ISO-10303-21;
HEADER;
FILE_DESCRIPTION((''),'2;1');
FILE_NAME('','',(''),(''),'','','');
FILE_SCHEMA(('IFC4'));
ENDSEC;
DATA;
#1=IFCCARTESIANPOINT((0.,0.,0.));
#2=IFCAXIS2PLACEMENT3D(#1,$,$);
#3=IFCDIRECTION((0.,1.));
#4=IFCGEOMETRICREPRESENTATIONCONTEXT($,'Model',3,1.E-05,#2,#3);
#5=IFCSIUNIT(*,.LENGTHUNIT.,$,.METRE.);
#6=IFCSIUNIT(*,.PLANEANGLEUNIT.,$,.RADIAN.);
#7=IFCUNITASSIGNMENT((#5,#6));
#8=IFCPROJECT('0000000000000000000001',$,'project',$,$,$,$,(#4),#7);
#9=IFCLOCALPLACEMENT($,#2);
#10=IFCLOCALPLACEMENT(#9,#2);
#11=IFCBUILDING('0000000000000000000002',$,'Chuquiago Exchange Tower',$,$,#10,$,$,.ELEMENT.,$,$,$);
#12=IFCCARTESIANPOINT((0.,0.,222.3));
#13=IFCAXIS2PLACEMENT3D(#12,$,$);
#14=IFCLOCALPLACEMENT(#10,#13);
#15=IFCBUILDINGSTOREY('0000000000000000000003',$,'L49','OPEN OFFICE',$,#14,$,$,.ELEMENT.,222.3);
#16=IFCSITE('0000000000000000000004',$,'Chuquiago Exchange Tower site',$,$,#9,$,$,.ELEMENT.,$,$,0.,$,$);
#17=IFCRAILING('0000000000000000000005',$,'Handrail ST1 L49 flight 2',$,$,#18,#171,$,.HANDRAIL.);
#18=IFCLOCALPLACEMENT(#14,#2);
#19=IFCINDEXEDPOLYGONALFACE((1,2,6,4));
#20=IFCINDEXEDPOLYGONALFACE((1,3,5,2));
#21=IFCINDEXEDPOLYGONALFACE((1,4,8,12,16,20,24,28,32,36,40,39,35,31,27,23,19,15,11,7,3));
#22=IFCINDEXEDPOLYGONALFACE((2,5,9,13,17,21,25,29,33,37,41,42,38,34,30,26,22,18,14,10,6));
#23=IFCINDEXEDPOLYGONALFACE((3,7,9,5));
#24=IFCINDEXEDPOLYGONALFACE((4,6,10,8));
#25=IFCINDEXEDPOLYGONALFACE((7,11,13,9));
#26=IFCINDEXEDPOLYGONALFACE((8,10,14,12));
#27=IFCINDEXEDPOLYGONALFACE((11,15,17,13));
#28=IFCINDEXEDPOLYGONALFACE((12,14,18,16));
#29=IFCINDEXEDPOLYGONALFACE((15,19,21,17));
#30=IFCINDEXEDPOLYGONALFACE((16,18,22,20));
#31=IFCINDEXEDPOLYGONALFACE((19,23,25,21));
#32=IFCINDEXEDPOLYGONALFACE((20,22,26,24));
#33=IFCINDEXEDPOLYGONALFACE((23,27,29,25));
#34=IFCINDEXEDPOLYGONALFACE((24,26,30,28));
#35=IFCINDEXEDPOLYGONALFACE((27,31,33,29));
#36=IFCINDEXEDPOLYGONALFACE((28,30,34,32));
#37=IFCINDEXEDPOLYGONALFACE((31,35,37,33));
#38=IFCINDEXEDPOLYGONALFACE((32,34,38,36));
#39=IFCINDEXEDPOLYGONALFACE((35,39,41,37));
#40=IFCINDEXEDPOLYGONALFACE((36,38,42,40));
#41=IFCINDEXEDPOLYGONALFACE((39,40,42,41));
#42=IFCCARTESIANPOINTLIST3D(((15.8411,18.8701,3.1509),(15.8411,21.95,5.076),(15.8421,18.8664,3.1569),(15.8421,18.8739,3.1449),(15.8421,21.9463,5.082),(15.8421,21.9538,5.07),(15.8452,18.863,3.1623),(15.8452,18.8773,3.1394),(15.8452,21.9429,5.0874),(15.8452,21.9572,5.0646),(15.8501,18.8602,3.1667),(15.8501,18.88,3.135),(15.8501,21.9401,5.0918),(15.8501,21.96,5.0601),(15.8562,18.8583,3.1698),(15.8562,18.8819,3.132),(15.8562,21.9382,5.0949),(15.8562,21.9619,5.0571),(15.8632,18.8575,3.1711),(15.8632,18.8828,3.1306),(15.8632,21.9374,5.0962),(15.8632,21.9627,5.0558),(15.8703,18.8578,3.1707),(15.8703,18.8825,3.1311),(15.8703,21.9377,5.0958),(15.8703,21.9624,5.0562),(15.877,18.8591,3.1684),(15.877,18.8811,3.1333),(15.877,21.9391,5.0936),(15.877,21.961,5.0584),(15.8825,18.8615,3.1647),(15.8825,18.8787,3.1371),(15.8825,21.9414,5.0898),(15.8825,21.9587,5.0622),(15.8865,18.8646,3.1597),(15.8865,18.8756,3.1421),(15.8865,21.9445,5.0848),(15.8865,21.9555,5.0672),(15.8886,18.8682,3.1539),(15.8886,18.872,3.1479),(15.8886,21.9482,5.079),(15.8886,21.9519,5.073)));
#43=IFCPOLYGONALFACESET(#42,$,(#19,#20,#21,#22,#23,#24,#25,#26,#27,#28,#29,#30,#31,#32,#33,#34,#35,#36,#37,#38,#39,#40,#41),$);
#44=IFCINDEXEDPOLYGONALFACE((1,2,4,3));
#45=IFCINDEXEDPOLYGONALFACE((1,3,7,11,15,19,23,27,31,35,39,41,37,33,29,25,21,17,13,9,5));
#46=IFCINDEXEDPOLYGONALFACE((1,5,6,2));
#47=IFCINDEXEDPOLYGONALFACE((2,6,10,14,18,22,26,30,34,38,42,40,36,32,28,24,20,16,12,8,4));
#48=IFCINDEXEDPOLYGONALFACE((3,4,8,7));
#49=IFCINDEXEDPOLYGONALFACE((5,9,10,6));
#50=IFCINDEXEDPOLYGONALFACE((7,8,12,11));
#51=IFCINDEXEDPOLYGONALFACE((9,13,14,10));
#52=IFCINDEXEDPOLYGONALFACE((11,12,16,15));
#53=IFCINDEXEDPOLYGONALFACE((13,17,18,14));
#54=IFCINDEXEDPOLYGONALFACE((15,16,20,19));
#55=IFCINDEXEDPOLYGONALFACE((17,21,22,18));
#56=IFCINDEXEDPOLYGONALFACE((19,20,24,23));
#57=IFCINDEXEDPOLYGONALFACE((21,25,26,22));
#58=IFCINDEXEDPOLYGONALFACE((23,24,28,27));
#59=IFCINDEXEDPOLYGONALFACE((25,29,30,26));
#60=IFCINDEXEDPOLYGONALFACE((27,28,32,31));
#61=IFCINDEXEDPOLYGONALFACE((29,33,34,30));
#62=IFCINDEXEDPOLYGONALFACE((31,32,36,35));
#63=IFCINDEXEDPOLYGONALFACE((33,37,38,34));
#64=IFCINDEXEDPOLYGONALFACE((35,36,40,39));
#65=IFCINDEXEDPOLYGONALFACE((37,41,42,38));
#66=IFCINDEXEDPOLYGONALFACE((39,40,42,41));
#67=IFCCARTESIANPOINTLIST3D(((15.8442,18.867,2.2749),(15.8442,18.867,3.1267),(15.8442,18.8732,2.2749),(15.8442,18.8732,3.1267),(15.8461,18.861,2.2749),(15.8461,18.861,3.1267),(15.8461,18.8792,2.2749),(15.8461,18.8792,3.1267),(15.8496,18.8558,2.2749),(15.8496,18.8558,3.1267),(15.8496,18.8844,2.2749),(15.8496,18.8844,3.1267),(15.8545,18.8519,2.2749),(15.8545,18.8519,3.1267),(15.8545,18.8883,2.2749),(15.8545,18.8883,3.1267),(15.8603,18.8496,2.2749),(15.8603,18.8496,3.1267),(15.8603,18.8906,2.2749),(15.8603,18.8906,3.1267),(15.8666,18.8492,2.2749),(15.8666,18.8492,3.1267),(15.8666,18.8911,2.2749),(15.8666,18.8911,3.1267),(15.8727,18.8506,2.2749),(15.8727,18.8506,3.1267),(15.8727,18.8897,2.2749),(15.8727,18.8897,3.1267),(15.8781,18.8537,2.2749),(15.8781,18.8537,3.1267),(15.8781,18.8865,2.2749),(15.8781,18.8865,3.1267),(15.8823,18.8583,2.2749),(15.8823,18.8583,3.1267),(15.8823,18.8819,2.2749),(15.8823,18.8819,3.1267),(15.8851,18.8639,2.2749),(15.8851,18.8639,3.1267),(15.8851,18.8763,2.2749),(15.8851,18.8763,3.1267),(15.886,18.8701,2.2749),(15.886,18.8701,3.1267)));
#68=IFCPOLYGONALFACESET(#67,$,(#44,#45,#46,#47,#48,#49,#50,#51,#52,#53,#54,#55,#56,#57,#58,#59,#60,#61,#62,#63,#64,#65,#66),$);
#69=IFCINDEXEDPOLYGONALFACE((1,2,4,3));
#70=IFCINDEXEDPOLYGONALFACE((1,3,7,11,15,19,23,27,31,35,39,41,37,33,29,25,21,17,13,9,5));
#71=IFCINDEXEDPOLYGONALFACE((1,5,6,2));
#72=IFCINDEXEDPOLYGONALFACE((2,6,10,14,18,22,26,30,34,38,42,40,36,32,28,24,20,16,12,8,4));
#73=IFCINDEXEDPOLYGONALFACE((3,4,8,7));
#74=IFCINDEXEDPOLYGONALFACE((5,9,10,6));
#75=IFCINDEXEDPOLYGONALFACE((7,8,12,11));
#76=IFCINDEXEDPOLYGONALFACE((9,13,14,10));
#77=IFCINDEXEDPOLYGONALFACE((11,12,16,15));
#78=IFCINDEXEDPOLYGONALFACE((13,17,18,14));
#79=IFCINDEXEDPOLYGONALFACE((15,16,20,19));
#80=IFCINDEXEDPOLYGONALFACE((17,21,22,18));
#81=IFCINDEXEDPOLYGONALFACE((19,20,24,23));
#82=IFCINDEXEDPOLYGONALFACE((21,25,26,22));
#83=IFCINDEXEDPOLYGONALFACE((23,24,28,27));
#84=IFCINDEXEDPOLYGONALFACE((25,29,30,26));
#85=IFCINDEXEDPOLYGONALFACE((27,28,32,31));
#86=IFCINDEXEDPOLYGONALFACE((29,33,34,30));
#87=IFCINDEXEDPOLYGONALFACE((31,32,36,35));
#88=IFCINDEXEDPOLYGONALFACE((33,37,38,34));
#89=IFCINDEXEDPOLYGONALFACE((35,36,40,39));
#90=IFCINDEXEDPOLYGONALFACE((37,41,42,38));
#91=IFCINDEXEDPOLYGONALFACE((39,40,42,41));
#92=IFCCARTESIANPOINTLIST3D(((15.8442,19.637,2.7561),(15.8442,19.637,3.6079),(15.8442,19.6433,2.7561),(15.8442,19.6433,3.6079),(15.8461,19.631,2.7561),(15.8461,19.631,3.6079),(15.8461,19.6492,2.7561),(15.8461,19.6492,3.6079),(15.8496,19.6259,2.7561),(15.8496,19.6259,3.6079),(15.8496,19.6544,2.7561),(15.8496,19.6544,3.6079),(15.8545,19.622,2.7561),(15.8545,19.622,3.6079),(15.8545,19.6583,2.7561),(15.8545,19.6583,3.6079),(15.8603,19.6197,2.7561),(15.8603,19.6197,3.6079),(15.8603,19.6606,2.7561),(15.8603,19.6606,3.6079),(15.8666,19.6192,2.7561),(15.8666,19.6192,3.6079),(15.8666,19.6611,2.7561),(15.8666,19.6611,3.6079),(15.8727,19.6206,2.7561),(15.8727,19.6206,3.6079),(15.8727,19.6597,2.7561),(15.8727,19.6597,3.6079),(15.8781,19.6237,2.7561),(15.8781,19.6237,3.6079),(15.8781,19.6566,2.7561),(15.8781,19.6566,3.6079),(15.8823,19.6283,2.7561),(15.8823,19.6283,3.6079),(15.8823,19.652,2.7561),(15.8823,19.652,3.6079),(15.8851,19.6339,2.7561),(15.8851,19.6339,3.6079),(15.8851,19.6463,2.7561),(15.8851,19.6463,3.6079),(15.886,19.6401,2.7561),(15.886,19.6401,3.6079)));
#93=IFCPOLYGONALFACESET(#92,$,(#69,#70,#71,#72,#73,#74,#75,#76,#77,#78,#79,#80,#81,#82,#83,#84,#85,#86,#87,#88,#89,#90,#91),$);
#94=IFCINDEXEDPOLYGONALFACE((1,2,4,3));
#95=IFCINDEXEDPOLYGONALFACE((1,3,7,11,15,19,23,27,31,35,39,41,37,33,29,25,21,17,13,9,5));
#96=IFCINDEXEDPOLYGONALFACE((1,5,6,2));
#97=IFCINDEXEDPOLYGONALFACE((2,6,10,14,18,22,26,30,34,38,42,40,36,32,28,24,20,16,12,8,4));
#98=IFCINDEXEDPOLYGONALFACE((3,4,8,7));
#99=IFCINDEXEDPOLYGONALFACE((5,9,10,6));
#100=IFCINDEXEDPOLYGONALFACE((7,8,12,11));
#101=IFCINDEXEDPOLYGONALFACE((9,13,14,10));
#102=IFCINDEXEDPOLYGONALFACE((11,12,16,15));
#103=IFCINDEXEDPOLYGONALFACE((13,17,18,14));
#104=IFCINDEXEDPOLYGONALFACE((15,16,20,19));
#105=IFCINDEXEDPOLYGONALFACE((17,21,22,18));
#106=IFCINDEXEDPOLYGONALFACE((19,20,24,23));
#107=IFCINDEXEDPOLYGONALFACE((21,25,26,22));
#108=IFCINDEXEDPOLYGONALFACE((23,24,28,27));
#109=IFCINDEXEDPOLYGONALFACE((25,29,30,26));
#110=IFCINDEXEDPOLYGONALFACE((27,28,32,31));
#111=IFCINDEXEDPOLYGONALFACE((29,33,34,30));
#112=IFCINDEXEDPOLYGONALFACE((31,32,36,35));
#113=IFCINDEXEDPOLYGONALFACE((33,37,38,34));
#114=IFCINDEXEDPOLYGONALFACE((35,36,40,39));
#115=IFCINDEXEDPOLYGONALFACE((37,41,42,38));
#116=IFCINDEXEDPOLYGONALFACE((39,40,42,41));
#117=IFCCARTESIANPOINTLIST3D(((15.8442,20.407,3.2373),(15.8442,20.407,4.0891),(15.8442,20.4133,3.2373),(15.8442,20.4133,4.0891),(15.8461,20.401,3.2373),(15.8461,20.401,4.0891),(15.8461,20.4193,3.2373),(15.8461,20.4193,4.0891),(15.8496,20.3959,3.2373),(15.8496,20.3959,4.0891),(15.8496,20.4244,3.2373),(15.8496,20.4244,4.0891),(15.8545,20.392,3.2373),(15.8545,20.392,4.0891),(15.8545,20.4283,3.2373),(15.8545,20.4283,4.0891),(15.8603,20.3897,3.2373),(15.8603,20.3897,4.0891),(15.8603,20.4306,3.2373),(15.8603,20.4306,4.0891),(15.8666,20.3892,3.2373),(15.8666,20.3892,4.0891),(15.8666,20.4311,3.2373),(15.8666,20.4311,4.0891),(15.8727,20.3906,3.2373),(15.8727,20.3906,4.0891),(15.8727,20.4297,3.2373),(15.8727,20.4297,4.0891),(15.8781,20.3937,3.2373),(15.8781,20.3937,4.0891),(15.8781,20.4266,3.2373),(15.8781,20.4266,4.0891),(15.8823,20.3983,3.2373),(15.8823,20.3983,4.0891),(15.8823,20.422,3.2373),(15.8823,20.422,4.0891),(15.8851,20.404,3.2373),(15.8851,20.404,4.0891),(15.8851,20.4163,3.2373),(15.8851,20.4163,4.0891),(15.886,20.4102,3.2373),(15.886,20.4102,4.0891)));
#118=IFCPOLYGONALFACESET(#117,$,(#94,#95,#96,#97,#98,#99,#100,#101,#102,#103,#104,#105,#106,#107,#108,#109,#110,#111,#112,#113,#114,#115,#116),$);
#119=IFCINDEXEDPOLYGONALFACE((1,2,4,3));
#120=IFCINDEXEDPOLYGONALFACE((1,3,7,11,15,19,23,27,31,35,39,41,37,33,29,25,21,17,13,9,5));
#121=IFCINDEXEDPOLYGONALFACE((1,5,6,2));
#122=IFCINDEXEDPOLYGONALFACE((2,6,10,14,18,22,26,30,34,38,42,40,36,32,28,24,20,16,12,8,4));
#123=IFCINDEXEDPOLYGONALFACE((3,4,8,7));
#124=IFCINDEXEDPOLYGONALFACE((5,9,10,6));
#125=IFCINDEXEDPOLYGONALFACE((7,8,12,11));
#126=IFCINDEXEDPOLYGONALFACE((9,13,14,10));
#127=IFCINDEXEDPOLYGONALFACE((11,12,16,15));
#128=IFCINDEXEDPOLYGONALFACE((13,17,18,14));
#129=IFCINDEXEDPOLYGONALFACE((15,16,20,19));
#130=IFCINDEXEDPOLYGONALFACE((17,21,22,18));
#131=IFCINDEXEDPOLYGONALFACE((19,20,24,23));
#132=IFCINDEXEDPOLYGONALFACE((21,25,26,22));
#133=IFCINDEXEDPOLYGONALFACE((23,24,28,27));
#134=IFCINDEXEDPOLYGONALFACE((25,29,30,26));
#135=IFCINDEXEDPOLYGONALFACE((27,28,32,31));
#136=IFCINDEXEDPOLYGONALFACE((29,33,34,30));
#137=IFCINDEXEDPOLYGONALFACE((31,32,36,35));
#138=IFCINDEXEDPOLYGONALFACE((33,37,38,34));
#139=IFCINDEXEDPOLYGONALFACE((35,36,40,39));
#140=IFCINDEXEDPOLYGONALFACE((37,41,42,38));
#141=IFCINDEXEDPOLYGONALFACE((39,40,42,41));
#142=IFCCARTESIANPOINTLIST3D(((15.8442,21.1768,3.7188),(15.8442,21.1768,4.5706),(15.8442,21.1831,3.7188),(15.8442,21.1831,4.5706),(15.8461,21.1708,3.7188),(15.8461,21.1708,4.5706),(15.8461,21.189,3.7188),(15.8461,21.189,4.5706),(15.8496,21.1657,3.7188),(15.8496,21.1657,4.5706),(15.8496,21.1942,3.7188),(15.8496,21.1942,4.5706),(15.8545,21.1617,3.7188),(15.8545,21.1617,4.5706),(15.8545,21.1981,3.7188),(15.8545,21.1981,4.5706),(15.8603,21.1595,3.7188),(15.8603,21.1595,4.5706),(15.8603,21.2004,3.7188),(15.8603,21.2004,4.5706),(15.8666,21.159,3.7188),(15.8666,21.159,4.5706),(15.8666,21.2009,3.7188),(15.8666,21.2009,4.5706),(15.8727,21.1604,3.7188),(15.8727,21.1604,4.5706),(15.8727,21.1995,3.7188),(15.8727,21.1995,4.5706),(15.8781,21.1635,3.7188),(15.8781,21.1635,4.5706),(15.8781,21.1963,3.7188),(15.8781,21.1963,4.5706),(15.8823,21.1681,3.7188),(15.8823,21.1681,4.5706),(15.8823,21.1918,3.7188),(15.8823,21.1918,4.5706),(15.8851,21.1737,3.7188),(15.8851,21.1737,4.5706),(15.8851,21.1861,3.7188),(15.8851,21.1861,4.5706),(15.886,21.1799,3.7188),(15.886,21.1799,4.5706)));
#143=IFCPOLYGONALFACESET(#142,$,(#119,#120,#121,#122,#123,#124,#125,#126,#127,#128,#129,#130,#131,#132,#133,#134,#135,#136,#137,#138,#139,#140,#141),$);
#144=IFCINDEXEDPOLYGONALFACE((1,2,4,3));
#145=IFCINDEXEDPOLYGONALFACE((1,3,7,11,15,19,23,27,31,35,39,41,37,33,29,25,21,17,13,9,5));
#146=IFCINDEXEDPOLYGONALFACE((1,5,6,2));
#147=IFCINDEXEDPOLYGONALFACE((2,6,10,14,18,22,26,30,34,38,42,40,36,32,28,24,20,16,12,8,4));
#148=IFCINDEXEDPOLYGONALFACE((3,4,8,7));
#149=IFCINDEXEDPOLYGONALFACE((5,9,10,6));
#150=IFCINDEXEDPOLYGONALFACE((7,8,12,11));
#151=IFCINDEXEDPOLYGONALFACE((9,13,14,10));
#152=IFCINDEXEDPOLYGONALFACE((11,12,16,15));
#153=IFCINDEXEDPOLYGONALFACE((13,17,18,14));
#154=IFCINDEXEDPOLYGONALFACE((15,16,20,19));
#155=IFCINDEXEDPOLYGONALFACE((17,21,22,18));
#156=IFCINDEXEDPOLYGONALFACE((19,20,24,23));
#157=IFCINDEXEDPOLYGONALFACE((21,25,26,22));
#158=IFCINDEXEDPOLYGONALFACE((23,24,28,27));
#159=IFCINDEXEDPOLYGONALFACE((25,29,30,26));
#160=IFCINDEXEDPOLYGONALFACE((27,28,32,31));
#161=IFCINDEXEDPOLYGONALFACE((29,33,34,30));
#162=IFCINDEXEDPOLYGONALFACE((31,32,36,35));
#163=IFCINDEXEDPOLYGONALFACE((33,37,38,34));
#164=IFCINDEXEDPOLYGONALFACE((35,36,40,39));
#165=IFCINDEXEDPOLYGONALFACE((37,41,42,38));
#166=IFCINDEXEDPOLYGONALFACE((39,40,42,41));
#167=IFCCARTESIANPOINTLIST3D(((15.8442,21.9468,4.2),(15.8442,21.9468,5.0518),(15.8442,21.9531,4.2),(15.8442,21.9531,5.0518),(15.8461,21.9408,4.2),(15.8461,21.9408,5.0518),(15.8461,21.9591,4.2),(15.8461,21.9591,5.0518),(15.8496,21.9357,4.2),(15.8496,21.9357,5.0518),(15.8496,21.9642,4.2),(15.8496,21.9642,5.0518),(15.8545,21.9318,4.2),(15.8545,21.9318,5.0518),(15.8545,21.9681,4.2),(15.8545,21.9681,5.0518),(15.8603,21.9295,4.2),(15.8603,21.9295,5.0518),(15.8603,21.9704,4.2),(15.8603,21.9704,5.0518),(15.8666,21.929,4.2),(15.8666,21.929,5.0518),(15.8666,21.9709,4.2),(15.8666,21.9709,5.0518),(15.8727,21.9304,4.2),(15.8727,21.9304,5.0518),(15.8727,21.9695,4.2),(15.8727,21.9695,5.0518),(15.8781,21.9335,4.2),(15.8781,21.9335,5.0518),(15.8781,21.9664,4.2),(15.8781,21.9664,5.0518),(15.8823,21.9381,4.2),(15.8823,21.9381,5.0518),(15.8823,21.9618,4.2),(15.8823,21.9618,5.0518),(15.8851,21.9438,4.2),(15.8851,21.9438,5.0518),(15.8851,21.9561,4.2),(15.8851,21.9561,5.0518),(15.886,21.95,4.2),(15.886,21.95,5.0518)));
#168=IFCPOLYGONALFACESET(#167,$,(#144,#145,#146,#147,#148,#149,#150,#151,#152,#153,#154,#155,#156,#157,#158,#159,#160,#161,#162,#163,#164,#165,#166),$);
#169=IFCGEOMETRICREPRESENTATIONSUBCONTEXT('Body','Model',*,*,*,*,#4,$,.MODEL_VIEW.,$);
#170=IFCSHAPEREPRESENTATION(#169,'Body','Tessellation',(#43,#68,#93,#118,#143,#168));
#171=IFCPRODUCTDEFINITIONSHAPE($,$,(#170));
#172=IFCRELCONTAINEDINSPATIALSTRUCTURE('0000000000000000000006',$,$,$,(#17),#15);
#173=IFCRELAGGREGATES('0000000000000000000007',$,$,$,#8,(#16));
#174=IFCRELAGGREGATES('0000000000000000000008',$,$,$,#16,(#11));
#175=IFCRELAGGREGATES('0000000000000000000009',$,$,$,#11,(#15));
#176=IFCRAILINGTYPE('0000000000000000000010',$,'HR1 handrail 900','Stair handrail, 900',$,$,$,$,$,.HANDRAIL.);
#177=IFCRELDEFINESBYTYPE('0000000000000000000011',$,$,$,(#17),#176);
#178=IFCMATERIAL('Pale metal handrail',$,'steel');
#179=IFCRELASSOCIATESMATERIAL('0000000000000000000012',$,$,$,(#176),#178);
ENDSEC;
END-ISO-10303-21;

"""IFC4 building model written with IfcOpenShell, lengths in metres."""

from ifc_helpers import new_model, si_unit, direction, frame, origin, origin_2d, place, context, subcontext, project, spatial, circle, extrude, material, type_object, element, save


model = new_model("IFC4")

# Units and contexts
model_context = context("Model", 3, precision=1e-05, world=origin(), true_north=direction((0.0, 1.0)))
body_context = subcontext(model_context, "Body", "Model", "MODEL_VIEW")
ifc_project = project(units=[si_unit("LENGTHUNIT", "METRE"), si_unit("PLANEANGLEUNIT", "RADIAN")], contexts=[model_context])

# Site, building, storey
site_placement = place(None, origin())
site = spatial("IfcSite", under=ifc_project, at=site_placement, Name="Chuquiago Exchange Tower site", CompositionType="ELEMENT", RefElevation=0.0)
building_placement = place(site_placement, origin())
building = spatial("IfcBuilding", under=site, at=building_placement, Name="Chuquiago Exchange Tower", CompositionType="ELEMENT")
storey_placement = place(building_placement, frame((0.0, 0.0, 222.3)))
storey = spatial("IfcBuildingStorey", under=building, at=storey_placement, Name="L49", Description="OPEN OFFICE", CompositionType="ELEMENT", Elevation=222.3)

# Railing
ifc_material_1 = material(Name="Pale metal handrail", Category="steel")
railing_type_1 = type_object("IfcRailingType", Name="HR1 handrail 900", Description="Stair handrail, 900", PredefinedType="HANDRAIL", material=ifc_material_1)
for number, where, name in (
    (1, (15.865, 18.8701, 2.2749), "Handrail ST1 L49 flight 2"),
):
    element("IfcRailing", number, at=place(storey_placement, frame(where)), inside=storey, type_object=railing_type_1, Name=name, PredefinedType="HANDRAIL", context=body_context, shape_type="SweptSolid", body=[
        extrude(circle(Radius=0.0239, at=origin_2d()), frame((0.0, 0.0, 0.876), z_axis=(0.0, 0.847979, 0.530029), x_axis=(-1.0, 0.0, 0.0)), (0.0, 0.0, 1.0), 3.6321),
        extrude(circle(Radius=0.021, at=origin_2d()), origin(), (0.0, 0.0, 1.0), 0.8518),
        extrude(circle(Radius=0.021, at=origin_2d()), frame((0.0, 0.77, 0.4812)), (0.0, 0.0, 1.0), 0.8518),
        extrude(circle(Radius=0.021, at=origin_2d()), frame((0.0, 1.54, 0.9624)), (0.0, 0.0, 1.0), 0.8518),
        extrude(circle(Radius=0.021, at=origin_2d()), frame((0.0, 2.3098, 1.4438)), (0.0, 0.0, 1.0), 0.8518),
        extrude(circle(Radius=0.021, at=origin_2d()), frame((0.0, 3.0798, 1.925)), (0.0, 0.0, 1.0), 0.8518),
    ])

save(model, "model.ifc")
